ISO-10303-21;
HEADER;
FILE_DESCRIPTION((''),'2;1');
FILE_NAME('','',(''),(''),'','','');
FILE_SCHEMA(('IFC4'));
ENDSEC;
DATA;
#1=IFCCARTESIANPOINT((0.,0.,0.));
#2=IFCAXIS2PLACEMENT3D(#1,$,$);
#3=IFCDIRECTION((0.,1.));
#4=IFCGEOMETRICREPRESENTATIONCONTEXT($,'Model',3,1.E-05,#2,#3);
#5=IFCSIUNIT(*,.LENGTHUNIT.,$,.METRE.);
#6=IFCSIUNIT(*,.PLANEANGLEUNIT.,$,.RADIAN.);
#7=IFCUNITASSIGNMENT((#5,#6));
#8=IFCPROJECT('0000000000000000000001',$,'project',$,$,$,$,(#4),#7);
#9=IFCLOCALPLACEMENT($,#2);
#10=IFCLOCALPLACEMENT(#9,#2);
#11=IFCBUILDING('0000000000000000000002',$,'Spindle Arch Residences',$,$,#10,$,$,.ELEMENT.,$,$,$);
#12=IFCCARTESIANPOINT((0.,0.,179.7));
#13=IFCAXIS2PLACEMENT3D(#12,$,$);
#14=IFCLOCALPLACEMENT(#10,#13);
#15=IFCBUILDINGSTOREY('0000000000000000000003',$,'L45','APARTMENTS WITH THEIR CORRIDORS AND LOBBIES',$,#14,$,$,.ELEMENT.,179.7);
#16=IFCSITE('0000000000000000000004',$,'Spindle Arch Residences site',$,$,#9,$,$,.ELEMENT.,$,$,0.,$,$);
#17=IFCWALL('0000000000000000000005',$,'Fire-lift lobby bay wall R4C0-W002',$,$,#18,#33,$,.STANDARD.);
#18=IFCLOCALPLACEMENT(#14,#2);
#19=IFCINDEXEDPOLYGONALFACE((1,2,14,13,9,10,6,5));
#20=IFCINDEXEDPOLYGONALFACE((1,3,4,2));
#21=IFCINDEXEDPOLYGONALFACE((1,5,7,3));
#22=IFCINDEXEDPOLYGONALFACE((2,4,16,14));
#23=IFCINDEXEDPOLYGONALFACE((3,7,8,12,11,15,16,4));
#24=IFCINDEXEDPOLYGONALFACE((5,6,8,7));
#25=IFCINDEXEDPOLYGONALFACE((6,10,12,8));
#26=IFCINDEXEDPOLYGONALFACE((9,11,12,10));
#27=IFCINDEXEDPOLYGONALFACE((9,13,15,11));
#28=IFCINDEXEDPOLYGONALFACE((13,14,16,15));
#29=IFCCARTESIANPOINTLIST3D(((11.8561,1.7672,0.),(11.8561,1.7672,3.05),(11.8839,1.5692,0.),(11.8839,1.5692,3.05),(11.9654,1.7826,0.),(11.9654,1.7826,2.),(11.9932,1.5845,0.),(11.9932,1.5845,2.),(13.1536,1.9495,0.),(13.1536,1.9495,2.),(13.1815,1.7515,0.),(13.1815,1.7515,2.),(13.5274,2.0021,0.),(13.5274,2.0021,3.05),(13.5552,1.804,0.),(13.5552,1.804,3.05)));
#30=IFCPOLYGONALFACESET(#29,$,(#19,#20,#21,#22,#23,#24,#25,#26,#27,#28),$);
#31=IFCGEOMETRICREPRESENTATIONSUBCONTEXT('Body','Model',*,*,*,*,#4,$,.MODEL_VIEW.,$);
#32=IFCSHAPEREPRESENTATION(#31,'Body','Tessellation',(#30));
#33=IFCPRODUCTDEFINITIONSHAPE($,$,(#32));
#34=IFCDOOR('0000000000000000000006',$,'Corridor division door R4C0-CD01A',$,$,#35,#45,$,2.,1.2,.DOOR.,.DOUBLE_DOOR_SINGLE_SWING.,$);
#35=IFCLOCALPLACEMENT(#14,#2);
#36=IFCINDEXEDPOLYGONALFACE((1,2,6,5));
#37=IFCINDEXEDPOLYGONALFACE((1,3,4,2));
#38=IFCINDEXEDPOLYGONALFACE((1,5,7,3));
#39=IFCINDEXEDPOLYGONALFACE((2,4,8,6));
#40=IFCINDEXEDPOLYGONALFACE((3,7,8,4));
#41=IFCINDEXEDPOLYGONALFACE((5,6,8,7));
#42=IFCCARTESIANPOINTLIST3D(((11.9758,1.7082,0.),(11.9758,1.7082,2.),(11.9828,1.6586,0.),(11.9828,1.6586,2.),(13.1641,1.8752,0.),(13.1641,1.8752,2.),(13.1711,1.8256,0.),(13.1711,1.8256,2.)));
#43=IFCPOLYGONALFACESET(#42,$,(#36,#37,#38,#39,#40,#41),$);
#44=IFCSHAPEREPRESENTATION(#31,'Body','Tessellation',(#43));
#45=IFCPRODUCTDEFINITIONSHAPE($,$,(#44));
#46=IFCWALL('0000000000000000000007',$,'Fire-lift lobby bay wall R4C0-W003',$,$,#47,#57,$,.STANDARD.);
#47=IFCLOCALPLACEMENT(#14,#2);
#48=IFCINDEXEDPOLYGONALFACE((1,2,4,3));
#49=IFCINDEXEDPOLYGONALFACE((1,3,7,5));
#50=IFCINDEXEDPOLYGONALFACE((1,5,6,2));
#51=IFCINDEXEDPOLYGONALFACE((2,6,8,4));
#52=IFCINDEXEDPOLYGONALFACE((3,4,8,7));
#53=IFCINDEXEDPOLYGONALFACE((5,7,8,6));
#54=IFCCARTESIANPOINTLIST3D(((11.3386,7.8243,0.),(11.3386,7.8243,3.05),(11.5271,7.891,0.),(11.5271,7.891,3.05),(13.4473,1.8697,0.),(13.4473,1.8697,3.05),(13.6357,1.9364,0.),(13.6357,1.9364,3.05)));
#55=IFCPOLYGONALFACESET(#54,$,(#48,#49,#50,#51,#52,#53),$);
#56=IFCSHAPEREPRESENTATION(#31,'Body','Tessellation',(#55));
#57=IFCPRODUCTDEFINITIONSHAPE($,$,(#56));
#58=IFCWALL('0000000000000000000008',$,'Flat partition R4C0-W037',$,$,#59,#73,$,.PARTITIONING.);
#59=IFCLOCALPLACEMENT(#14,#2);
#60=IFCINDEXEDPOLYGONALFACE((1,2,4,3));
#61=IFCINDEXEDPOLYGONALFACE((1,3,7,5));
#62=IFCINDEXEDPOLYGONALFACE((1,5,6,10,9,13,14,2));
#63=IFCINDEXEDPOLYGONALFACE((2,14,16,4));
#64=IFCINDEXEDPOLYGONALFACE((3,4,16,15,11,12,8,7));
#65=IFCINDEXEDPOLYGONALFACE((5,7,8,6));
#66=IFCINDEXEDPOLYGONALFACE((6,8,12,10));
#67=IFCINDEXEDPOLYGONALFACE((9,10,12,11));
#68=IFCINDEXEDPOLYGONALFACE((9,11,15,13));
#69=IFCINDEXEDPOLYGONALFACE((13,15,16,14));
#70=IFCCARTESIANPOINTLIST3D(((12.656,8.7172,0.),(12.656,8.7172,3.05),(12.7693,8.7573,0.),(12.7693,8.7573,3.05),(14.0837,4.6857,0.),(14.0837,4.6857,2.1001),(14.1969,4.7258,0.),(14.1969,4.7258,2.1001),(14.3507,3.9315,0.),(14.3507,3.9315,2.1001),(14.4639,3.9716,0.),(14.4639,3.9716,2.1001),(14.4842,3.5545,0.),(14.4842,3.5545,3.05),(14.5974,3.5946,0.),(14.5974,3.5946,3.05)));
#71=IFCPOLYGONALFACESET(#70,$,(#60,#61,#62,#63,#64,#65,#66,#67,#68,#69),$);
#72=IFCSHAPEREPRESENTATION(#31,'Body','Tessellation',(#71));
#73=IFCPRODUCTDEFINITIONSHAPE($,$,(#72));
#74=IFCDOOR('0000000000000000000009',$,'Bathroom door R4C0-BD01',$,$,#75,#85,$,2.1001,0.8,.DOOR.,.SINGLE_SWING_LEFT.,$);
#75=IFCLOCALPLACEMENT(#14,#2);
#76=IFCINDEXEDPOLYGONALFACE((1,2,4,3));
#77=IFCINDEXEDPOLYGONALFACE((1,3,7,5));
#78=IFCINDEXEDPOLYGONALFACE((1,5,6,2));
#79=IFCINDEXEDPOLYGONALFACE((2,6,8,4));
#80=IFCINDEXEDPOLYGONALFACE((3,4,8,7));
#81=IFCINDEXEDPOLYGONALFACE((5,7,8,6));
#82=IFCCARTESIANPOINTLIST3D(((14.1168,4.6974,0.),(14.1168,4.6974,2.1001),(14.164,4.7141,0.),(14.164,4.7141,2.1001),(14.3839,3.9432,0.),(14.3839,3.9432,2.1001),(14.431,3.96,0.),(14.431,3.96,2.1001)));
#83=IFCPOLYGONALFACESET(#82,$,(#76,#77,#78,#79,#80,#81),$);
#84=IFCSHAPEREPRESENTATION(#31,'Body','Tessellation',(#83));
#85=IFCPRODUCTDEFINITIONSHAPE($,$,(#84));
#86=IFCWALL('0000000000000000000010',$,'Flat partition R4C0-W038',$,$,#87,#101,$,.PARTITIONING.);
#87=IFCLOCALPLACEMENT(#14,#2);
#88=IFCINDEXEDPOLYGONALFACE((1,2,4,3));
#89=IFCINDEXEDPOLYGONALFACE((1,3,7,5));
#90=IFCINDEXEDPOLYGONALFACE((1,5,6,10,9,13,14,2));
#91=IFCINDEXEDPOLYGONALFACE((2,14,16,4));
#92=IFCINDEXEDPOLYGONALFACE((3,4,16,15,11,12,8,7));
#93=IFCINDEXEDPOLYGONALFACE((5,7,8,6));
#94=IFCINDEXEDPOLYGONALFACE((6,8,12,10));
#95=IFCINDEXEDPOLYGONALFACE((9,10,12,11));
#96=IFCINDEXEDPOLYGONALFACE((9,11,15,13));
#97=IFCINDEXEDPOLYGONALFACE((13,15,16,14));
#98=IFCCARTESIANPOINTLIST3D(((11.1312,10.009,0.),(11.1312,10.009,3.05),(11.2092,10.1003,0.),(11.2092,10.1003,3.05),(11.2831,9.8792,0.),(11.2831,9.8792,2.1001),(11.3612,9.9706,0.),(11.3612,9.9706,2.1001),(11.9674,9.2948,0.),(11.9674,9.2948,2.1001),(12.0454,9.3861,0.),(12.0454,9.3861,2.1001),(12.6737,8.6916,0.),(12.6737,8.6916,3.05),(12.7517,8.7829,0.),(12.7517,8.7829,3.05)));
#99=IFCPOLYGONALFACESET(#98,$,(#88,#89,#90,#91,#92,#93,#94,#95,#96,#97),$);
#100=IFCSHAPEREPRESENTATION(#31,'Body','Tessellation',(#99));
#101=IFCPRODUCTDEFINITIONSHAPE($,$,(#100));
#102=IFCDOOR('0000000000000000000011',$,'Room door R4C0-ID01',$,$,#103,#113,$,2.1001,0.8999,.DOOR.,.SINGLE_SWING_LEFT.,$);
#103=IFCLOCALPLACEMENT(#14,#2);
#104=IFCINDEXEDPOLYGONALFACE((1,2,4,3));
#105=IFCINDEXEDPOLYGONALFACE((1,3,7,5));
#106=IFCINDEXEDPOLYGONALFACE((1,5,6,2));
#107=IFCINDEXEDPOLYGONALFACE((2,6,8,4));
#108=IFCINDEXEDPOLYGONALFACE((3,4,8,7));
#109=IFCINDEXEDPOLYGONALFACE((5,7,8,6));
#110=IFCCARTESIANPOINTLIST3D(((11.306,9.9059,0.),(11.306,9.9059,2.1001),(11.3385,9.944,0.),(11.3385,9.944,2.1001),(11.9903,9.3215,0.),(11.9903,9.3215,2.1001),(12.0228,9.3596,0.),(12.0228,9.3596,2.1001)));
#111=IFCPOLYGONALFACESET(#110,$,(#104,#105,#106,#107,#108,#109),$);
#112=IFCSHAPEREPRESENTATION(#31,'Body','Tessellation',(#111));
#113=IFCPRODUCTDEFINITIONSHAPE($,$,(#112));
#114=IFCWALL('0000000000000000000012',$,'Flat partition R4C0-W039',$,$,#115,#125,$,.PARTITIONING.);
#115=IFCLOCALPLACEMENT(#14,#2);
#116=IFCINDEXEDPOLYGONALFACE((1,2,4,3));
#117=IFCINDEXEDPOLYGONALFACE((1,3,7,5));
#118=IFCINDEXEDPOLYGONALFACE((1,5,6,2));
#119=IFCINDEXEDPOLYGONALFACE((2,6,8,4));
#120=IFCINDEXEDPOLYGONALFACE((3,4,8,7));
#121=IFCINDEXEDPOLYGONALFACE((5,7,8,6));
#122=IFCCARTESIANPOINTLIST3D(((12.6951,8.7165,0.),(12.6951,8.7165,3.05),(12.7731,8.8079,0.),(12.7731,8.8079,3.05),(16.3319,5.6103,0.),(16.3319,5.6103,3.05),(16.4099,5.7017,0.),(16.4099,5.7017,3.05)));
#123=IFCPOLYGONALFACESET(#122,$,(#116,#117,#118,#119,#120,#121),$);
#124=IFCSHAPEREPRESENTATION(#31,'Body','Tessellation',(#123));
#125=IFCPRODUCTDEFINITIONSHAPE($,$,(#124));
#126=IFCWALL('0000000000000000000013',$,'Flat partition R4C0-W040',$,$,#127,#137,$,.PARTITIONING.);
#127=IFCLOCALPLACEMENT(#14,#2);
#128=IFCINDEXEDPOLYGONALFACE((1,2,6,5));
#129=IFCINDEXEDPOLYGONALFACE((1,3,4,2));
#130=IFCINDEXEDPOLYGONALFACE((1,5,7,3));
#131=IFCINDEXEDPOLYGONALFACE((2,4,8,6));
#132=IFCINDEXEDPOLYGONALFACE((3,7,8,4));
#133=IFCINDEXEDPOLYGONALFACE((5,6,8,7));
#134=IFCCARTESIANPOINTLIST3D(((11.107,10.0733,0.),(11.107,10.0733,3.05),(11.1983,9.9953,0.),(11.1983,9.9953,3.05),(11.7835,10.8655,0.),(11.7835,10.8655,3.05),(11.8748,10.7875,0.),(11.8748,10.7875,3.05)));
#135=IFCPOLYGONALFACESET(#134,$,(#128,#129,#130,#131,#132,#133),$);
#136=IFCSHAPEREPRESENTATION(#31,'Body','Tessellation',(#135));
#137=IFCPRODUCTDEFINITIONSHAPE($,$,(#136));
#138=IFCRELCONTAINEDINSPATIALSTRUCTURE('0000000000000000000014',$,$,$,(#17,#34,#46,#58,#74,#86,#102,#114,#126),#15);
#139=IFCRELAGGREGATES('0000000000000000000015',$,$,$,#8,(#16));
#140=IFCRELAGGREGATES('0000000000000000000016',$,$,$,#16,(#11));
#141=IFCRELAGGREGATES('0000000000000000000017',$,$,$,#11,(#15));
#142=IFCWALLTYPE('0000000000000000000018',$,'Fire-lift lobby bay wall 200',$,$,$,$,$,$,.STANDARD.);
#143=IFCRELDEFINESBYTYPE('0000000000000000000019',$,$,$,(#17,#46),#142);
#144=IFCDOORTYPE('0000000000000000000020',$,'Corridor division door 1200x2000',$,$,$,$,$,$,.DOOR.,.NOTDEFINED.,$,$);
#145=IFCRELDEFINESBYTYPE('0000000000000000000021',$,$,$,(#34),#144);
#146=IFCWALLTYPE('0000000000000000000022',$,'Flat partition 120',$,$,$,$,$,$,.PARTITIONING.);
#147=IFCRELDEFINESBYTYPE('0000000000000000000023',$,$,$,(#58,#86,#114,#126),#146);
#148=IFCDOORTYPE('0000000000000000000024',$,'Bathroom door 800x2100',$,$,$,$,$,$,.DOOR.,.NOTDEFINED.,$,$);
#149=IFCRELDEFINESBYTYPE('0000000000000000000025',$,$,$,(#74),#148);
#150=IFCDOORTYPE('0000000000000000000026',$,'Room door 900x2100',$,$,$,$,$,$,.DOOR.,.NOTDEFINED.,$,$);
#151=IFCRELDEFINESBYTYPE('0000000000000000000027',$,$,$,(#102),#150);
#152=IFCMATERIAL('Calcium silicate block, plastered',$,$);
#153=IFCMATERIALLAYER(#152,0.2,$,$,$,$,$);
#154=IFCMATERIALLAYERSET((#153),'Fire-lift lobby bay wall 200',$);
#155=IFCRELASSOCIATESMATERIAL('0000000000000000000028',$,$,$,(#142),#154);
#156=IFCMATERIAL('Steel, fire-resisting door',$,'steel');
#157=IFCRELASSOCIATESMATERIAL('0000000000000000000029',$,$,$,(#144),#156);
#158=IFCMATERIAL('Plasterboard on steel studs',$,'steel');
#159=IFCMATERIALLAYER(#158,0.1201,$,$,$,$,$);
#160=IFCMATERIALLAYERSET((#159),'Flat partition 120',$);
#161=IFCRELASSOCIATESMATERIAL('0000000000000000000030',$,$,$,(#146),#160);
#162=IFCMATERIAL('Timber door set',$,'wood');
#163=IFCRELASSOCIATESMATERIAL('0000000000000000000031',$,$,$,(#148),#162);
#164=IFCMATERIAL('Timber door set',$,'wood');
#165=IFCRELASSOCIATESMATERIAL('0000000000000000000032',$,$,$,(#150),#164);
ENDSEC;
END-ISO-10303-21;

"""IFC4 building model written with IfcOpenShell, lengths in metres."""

from ifc_helpers import new_model, si_unit, direction, frame, frame_2d, origin, place, context, subcontext, project, spatial, rectangle, extrude, material, layer, layer_set, type_object, element, fill, save


model = new_model("IFC4")

# Units and contexts
model_context = context("Model", 3, precision=1e-05, world=origin(), true_north=direction((0.0, 1.0)))
body_context = subcontext(model_context, "Body", "Model", "MODEL_VIEW")
ifc_project = project(units=[si_unit("LENGTHUNIT", "METRE"), si_unit("PLANEANGLEUNIT", "RADIAN")], contexts=[model_context])

# Site, building, storey
site_placement = place(None, origin())
site = spatial("IfcSite", under=ifc_project, at=site_placement, Name="Spindle Arch Residences site", CompositionType="ELEMENT", RefElevation=0.0)
building_placement = place(site_placement, origin())
building = spatial("IfcBuilding", under=site, at=building_placement, Name="Spindle Arch Residences", CompositionType="ELEMENT")
storey_placement = place(building_placement, frame((0.0, 0.0, 179.7)))
storey = spatial("IfcBuildingStorey", under=building, at=storey_placement, Name="L45", Description="APARTMENTS WITH THEIR CORRIDORS AND LOBBIES", CompositionType="ELEMENT", Elevation=179.7)

# Shared definitions
ifc_material_1 = material(Name="Calcium silicate block, plastered")
ifc_layer_1 = layer(ifc_material_1, 0.2)
ifc_layer_set_1 = layer_set([ifc_layer_1], Name="Fire-lift lobby bay wall 200")
wall_type_1 = type_object("IfcWallType", Name="Fire-lift lobby bay wall 200", PredefinedType="STANDARD", material=ifc_layer_set_1)

# Wall, opening, door
wall_1_placement = place(storey_placement, frame((11.8701, 1.6682, 0.0), z_axis=(0.0, 0.0, 1.0), x_axis=(0.990271, 0.139153, 0.0)))
wall_1 = element("IfcWall", 1, at=wall_1_placement, inside=storey, type_object=wall_type_1, Name="Fire-lift lobby bay wall R4C0-W002", PredefinedType="STANDARD", context=body_context, shape_type="SweptSolid", body=[
    extrude(rectangle(XDim=1.6877, YDim=0.2, at=frame_2d((0.8438, 0.0))), origin(), (0.0, 0.0, 1.0), 3.05),
])
opening_1_placement = place(wall_1_placement, frame((0.1101, 0.0, 0.0)))
opening_1 = element("IfcOpeningElement", 2, at=opening_1_placement, cuts=wall_1, PredefinedType="OPENING", context=body_context, shape_type="SweptSolid", body=[
    extrude(rectangle(XDim=1.2, YDim=2.0, at=frame_2d((0.6001, 1.0))), frame((0.0, 0.1099, 0.0), z_axis=(0.0, -1.0, 0.0), x_axis=(1.0, 0.0, 0.0)), (0.0, 0.0, 1.0), 0.22),
])
ifc_material_2 = material(Name="Steel, fire-resisting door", Category="steel")
door_type_1 = type_object("IfcDoorType", Name="Corridor division door 1200x2000", OperationType="NOTDEFINED", PredefinedType="DOOR", material=ifc_material_2)
door_1_placement = place(opening_1_placement, origin())
door_1 = element("IfcDoor", 3, at=door_1_placement, inside=storey, type_object=door_type_1, Name="Corridor division door R4C0-CD01A", OperationType="DOUBLE_DOOR_SINGLE_SWING", OverallHeight=2.0, OverallWidth=1.2, PredefinedType="DOOR", context=body_context, shape_type="SweptSolid", body=[
    extrude(rectangle(XDim=1.2, YDim=2.0, at=frame_2d((0.6001, 1.0))), frame((0.0, 0.0249, 0.0), z_axis=(0.0, -1.0, 0.0), x_axis=(1.0, 0.0, 0.0)), (0.0, 0.0, 1.0), 0.05),
])
fill(opening_1, door_1)

# Wall
wall_2_placement = place(storey_placement, frame((13.5415, 1.9031, 0.0), z_axis=(0.0, 0.0, 1.0), x_axis=(-0.333809, 0.942641, 0.0)))
element("IfcWall", 4, at=wall_2_placement, inside=storey, type_object=wall_type_1, Name="Fire-lift lobby bay wall R4C0-W003", PredefinedType="STANDARD", context=body_context, shape_type="SweptSolid", body=[
    extrude(rectangle(XDim=6.3169, YDim=0.2, at=frame_2d((3.1584, 0.0))), origin(), (0.0, 0.0, 1.0), 3.05),
])

# Walls, openings, doors
ifc_material_3 = material(Name="Plasterboard on steel studs", Category="steel")
ifc_layer_2 = layer(ifc_material_3, 0.1201)
ifc_layer_set_2 = layer_set([ifc_layer_2], Name="Flat partition 120")
wall_type_2 = type_object("IfcWallType", Name="Flat partition 120", PredefinedType="PARTITIONING", material=ifc_layer_set_2)
wall_3_placement = place(storey_placement, frame((14.5408, 3.5747, 0.0), z_axis=(0.0, 0.0, 1.0), x_axis=(-0.333799, 0.942644, 0.0)))
wall_3 = element("IfcWall", 5, at=wall_3_placement, inside=storey, type_object=wall_type_2, Name="Flat partition R4C0-W037", PredefinedType="PARTITIONING", context=body_context, shape_type="SweptSolid", body=[
    extrude(rectangle(XDim=5.4768, YDim=0.1201, at=frame_2d((2.7383, 0.0))), origin(), (0.0, 0.0, 1.0), 3.05),
])
opening_2_placement = place(wall_3_placement, frame((0.3999, 0.0, 0.0)))
opening_2 = element("IfcOpeningElement", 6, at=opening_2_placement, cuts=wall_3, PredefinedType="OPENING", context=body_context, shape_type="SweptSolid", body=[
    extrude(rectangle(XDim=0.8, YDim=2.1001, at=frame_2d((0.3999, 1.05))), frame((0.0, 0.0701, 0.0), z_axis=(0.0, -1.0, 0.0), x_axis=(1.0, 0.0, 0.0)), (0.0, 0.0, 1.0), 0.1401),
])
ifc_material_4 = material(Name="Timber door set", Category="wood")
door_type_2 = type_object("IfcDoorType", Name="Bathroom door 800x2100", OperationType="NOTDEFINED", PredefinedType="DOOR", material=ifc_material_4)
door_2_placement = place(opening_2_placement, origin())
door_2 = element("IfcDoor", 7, at=door_2_placement, inside=storey, type_object=door_type_2, Name="Bathroom door R4C0-BD01", OperationType="SINGLE_SWING_LEFT", OverallHeight=2.1001, OverallWidth=0.8, PredefinedType="DOOR", context=body_context, shape_type="SweptSolid", body=[
    extrude(rectangle(XDim=0.8, YDim=2.1001, at=frame_2d((0.3999, 1.05))), frame((0.0, 0.0249, 0.0), z_axis=(0.0, -1.0, 0.0), x_axis=(1.0, 0.0, 0.0)), (0.0, 0.0, 1.0), 0.05),
])
fill(opening_2, door_2)
wall_4_placement = place(storey_placement, frame((12.7126, 8.7373, 0.0), z_axis=(0.0, 0.0, 1.0), x_axis=(-0.760411, 0.649442, 0.0)))
wall_4 = element("IfcWall", 8, at=wall_4_placement, inside=storey, type_object=wall_type_2, Name="Flat partition R4C0-W038", PredefinedType="PARTITIONING", context=body_context, shape_type="SweptSolid", body=[
    extrude(rectangle(XDim=2.0286, YDim=0.1201, at=frame_2d((1.0142, 0.0))), origin(), (0.0, 0.0, 1.0), 3.05),
])
opening_3_placement = place(wall_4_placement, frame((0.9287, 0.0, 0.0)))
opening_3 = element("IfcOpeningElement", 9, at=opening_3_placement, cuts=wall_4, PredefinedType="OPENING", context=body_context, shape_type="SweptSolid", body=[
    extrude(rectangle(XDim=0.8999, YDim=2.1001, at=frame_2d((0.45, 1.05))), frame((0.0, 0.0701, 0.0), z_axis=(0.0, -1.0, 0.0), x_axis=(1.0, 0.0, 0.0)), (0.0, 0.0, 1.0), 0.1401),
])
ifc_material_5 = material(Name="Timber door set", Category="wood")
door_type_3 = type_object("IfcDoorType", Name="Room door 900x2100", OperationType="NOTDEFINED", PredefinedType="DOOR", material=ifc_material_5)
door_3_placement = place(opening_3_placement, origin())
door_3 = element("IfcDoor", 10, at=door_3_placement, inside=storey, type_object=door_type_3, Name="Room door R4C0-ID01", OperationType="SINGLE_SWING_LEFT", OverallHeight=2.1001, OverallWidth=0.8999, PredefinedType="DOOR", context=body_context, shape_type="SweptSolid", body=[
    extrude(rectangle(XDim=0.8999, YDim=2.1001, at=frame_2d((0.45, 1.05))), frame((0.0, 0.0249, 0.0), z_axis=(0.0, -1.0, 0.0), x_axis=(1.0, 0.0, 0.0)), (0.0, 0.0, 1.0), 0.05),
])
fill(opening_3, door_3)

# Walls
wall_5_placement = place(storey_placement, frame((12.7341, 8.7622, 0.0), z_axis=(0.0, 0.0, 1.0), x_axis=(0.76039, -0.649466, 0.0)))
element("IfcWall", 11, at=wall_5_placement, inside=storey, type_object=wall_type_2, Name="Flat partition R4C0-W039", PredefinedType="PARTITIONING", context=body_context, shape_type="SweptSolid", body=[
    extrude(rectangle(XDim=4.7827, YDim=0.1201, at=frame_2d((2.3914, 0.0))), origin(), (0.0, 0.0, 1.0), 3.05),
])
wall_6_placement = place(storey_placement, frame((11.1526, 10.0342, 0.0), z_axis=(0.0, 0.0, 1.0), x_axis=(0.649381, 0.760463, 0.0)))
element("IfcWall", 12, at=wall_6_placement, inside=storey, type_object=wall_type_2, Name="Flat partition R4C0-W040", PredefinedType="PARTITIONING", context=body_context, shape_type="SweptSolid", body=[
    extrude(rectangle(XDim=1.0417, YDim=0.1201, at=frame_2d((0.521, 0.0))), origin(), (0.0, 0.0, 1.0), 3.05),
])

save(model, "model.ifc")
